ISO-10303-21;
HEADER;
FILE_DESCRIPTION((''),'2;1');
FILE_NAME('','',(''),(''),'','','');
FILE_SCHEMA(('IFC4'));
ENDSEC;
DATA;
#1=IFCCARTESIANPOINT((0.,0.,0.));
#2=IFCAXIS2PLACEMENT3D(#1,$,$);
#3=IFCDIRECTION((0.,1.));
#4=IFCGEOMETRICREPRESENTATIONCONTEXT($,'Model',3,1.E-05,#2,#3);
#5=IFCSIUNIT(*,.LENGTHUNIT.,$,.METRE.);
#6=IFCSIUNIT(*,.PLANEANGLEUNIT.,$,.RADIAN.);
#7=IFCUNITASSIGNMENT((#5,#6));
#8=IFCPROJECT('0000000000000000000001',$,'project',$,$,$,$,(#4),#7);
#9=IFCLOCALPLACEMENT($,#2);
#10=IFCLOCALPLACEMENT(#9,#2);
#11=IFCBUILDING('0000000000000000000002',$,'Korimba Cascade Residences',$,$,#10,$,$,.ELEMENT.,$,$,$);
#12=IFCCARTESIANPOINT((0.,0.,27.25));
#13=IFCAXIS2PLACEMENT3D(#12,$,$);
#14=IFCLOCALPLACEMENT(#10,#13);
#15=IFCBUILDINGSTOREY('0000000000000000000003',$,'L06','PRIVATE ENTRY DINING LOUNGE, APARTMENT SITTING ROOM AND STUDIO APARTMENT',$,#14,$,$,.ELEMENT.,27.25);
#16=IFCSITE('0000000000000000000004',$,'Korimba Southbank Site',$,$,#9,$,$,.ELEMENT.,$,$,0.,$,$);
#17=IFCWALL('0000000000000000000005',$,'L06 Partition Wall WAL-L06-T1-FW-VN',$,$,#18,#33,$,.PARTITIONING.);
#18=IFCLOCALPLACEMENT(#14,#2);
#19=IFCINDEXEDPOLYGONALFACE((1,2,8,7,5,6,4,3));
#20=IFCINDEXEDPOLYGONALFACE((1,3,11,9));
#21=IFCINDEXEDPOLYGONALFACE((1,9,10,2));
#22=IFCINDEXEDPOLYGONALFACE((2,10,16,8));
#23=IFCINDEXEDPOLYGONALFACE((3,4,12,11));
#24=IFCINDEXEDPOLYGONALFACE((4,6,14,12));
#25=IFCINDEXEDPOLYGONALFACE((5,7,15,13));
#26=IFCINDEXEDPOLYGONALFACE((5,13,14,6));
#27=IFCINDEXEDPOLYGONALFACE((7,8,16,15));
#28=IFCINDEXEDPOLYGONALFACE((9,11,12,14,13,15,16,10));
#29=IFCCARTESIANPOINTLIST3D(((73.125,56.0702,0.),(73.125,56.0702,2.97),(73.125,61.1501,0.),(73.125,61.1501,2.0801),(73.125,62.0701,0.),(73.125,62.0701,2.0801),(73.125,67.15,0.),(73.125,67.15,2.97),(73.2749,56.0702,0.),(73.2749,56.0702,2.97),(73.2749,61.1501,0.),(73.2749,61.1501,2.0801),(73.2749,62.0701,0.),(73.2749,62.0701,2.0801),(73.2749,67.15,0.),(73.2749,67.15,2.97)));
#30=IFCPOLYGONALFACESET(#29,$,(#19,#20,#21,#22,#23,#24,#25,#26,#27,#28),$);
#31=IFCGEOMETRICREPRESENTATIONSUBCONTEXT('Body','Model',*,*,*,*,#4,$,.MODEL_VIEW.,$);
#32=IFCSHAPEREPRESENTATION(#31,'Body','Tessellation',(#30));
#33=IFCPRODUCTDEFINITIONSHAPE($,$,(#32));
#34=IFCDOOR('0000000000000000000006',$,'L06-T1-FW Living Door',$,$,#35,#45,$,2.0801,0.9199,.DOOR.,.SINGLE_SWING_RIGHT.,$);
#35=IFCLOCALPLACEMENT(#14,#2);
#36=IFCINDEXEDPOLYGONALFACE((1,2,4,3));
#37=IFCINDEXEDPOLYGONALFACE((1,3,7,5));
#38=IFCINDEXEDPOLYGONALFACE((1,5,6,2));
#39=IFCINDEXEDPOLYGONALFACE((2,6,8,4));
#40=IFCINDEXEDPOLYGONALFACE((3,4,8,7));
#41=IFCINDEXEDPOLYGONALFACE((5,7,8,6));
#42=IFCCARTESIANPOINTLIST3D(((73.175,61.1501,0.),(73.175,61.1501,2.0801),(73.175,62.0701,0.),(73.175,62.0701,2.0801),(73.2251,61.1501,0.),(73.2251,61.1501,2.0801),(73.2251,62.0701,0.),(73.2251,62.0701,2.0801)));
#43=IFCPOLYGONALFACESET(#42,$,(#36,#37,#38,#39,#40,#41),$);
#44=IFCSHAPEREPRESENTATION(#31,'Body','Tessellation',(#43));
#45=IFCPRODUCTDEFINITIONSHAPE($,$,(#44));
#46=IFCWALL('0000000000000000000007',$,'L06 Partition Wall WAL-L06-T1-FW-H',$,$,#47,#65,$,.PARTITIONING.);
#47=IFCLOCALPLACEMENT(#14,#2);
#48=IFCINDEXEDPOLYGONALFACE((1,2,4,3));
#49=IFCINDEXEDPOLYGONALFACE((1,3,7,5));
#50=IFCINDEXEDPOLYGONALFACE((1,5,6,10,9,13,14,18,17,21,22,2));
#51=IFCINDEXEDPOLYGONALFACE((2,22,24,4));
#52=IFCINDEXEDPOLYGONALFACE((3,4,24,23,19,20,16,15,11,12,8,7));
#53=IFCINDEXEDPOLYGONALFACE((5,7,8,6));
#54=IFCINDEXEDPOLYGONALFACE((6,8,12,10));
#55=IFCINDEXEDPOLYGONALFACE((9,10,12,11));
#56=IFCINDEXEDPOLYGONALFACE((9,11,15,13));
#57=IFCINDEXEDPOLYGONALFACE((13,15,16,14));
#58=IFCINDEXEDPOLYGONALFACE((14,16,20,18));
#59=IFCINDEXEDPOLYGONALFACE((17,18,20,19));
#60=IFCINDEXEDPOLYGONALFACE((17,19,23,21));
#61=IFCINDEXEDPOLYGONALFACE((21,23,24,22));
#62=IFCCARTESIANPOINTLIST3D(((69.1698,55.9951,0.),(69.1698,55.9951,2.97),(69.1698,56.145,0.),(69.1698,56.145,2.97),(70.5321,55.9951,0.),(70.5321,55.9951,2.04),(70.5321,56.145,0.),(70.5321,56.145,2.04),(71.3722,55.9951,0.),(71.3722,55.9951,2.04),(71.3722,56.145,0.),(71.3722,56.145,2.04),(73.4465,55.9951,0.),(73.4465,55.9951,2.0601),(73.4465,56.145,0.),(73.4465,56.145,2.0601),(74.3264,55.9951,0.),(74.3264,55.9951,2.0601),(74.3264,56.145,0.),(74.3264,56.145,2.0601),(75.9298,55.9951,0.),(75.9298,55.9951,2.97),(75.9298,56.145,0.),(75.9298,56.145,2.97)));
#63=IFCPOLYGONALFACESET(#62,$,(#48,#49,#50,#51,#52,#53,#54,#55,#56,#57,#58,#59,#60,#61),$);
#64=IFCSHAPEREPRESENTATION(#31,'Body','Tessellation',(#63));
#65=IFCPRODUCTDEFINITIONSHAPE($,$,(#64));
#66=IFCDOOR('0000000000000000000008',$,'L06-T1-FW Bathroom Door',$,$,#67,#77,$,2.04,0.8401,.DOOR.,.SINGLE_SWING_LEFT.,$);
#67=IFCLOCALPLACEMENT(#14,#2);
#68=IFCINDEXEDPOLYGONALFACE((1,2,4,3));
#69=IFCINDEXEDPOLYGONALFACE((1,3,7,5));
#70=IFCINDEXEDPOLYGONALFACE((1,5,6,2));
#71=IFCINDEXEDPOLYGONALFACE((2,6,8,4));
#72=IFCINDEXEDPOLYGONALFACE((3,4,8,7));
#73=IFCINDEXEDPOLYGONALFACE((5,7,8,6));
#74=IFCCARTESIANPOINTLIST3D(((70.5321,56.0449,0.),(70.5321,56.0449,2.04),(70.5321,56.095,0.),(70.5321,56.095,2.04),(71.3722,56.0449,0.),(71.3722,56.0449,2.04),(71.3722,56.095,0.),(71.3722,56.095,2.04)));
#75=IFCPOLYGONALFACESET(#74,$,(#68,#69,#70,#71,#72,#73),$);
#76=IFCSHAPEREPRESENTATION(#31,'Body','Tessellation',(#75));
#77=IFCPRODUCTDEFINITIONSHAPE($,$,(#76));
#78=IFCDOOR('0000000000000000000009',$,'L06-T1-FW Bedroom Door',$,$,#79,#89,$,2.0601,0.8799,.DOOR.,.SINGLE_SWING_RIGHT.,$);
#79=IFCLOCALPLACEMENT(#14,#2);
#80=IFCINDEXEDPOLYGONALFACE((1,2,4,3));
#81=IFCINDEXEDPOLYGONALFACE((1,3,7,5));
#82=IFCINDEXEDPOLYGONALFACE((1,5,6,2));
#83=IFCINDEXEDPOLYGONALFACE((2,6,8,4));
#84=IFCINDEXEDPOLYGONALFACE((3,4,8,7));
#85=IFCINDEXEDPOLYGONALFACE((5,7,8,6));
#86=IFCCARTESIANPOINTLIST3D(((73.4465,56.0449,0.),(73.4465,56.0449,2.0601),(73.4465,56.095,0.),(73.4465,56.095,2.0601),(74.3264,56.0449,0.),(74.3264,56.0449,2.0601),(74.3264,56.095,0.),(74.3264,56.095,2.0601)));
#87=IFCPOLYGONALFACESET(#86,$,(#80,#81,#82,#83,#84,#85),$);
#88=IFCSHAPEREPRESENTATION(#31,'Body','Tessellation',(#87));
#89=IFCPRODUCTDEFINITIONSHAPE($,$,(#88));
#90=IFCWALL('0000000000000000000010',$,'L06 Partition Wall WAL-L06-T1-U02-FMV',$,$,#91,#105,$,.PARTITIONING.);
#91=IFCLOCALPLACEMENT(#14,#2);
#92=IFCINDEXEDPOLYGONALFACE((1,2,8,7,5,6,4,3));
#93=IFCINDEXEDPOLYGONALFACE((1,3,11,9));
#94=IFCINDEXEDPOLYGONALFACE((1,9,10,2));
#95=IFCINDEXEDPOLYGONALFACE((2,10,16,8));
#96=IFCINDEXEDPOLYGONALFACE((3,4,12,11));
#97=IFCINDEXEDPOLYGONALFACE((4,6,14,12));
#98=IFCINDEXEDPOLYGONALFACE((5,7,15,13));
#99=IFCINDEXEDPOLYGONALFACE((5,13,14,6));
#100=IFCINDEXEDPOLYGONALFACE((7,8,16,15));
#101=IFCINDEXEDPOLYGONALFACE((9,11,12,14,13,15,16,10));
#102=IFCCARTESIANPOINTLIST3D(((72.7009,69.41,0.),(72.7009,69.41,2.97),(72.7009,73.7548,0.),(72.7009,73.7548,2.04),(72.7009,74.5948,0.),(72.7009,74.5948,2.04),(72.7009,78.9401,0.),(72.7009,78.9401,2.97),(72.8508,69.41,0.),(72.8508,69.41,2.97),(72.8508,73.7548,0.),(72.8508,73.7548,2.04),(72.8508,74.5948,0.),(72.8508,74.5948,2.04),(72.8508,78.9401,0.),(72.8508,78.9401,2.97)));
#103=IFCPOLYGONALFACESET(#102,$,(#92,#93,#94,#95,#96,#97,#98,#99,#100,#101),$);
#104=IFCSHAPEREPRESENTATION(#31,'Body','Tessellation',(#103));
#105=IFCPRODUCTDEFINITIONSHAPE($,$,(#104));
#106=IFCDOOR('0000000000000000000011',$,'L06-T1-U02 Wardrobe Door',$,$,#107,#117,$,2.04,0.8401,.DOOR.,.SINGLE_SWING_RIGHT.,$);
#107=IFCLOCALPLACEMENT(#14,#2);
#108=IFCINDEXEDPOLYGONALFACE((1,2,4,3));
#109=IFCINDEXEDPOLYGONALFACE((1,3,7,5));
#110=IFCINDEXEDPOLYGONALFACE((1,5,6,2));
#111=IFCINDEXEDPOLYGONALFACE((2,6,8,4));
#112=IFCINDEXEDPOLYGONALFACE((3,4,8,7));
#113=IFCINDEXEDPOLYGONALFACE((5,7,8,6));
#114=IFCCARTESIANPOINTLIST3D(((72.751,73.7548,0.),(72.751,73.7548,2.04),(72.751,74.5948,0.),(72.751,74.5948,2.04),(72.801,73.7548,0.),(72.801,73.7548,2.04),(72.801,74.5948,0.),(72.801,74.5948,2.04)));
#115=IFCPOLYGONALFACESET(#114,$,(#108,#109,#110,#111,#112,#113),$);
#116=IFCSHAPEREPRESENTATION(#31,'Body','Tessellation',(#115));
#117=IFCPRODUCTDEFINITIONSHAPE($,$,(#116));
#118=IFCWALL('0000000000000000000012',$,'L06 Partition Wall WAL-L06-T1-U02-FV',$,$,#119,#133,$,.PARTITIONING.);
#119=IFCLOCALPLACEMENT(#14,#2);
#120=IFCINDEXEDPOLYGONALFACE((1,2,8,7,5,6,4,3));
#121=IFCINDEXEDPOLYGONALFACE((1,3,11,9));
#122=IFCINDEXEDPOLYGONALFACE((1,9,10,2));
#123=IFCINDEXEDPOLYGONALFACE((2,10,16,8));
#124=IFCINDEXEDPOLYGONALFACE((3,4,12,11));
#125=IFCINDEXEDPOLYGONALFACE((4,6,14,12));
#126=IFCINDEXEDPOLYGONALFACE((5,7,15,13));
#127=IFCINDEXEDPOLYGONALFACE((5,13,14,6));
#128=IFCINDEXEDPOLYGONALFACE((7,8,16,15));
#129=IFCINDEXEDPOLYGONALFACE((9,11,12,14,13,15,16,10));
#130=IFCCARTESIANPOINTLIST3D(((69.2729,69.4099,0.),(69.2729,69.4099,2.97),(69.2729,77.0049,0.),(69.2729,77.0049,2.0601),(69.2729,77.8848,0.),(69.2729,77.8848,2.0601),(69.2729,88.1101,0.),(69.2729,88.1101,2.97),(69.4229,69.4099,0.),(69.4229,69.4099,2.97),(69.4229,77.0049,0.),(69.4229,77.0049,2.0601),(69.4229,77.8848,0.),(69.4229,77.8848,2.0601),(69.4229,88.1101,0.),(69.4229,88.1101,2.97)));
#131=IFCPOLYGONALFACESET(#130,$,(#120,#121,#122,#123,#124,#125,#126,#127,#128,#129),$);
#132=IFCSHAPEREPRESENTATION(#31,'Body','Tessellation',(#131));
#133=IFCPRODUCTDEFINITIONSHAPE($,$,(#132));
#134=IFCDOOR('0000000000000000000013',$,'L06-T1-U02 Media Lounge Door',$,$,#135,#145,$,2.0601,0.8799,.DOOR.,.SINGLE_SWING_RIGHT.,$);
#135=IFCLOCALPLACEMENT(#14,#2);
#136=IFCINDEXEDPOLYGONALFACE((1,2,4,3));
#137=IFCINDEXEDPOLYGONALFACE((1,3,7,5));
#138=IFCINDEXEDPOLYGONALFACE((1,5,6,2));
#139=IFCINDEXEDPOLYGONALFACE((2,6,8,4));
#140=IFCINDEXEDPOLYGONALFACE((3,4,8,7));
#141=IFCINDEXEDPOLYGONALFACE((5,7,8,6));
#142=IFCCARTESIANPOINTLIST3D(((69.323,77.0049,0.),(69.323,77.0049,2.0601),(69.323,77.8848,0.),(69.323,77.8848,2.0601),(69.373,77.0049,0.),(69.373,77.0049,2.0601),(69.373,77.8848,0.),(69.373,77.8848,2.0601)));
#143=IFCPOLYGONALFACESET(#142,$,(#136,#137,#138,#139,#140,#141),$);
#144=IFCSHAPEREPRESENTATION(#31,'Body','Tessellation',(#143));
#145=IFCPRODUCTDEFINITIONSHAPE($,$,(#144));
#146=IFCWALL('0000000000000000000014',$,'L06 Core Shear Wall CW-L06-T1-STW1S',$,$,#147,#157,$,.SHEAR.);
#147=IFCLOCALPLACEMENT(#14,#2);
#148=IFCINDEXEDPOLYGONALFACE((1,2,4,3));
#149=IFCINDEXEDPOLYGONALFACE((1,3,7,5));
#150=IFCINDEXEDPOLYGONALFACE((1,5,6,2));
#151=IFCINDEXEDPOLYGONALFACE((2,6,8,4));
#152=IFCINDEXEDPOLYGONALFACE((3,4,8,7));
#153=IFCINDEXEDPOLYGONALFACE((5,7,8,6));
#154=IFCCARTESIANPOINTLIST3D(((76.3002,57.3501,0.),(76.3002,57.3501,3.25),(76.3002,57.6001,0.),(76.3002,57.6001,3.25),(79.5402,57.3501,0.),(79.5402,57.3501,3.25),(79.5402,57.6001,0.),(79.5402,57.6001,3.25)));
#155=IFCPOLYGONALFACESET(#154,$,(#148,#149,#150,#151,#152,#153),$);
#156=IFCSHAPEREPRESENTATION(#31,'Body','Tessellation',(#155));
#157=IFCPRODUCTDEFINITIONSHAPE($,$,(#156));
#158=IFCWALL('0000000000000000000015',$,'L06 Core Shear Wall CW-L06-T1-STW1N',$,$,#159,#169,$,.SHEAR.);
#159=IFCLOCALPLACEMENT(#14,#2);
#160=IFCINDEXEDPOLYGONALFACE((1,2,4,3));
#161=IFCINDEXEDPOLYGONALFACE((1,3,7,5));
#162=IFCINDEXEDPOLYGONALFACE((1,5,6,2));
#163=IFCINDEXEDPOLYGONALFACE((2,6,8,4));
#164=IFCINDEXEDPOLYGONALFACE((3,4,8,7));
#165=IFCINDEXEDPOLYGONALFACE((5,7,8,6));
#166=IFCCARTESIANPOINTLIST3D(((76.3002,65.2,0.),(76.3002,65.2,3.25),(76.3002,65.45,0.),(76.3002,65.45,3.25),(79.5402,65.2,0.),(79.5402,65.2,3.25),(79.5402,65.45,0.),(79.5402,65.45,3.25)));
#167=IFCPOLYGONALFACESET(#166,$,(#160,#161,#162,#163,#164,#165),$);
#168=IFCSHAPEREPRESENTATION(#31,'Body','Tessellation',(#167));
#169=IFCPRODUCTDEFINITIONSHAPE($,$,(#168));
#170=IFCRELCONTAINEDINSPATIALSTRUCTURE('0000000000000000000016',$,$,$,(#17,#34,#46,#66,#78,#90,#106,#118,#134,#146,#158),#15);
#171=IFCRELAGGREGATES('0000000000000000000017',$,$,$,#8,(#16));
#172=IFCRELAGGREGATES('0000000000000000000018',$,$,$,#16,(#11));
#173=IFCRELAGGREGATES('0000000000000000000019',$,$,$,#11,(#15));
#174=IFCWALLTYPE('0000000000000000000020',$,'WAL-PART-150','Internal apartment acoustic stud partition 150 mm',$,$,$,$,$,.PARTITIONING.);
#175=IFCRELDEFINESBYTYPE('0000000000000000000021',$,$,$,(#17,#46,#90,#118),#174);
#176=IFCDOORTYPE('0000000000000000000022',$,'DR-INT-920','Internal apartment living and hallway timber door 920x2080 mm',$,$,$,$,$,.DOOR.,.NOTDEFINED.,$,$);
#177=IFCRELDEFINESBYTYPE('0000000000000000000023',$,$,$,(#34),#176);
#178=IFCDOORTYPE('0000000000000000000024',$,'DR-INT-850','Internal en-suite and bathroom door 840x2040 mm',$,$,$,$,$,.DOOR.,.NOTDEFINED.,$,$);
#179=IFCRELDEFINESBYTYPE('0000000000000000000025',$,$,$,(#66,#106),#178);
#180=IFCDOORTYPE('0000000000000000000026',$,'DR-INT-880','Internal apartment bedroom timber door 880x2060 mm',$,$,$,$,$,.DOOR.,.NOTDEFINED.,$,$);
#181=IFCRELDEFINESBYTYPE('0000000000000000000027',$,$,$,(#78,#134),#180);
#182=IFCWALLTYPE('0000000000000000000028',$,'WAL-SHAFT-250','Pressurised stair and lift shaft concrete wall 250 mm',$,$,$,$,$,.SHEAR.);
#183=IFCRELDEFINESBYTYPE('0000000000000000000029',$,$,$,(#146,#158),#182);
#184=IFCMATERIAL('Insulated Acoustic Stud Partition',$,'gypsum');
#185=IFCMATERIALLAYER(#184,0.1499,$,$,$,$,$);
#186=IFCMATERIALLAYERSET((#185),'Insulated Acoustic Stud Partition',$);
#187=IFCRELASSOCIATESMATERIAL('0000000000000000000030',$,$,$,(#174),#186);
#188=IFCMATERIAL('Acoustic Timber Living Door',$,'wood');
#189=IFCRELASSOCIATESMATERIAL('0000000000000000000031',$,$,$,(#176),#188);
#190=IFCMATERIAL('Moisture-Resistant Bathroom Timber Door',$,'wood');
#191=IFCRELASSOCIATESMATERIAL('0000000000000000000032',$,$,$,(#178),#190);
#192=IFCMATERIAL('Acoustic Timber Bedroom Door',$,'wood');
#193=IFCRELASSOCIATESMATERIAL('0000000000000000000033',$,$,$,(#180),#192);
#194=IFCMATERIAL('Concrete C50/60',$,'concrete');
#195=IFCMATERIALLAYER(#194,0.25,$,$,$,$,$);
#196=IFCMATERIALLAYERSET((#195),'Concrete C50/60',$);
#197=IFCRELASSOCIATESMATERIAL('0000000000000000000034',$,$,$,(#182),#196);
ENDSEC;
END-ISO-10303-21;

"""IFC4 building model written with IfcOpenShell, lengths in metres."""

from ifc_helpers import new_model, si_unit, direction, frame, frame_2d, origin, place, context, subcontext, project, spatial, rectangle, extrude, material, layer, layer_set, type_object, element, fill, save


model = new_model("IFC4")

# Units and contexts
model_context = context("Model", 3, precision=1e-05, world=origin(), true_north=direction((0.0, 1.0)))
body_context = subcontext(model_context, "Body", "Model", "MODEL_VIEW")
ifc_project = project(units=[si_unit("LENGTHUNIT", "METRE"), si_unit("PLANEANGLEUNIT", "RADIAN")], contexts=[model_context])

# Site, building, storey
site_placement = place(None, origin())
site = spatial("IfcSite", under=ifc_project, at=site_placement, Name="Korimba Southbank Site", CompositionType="ELEMENT", RefElevation=0.0)
building_placement = place(site_placement, origin())
building = spatial("IfcBuilding", under=site, at=building_placement, Name="Korimba Cascade Residences", CompositionType="ELEMENT")
storey_placement = place(building_placement, frame((0.0, 0.0, 27.25)))
storey = spatial("IfcBuildingStorey", under=building, at=storey_placement, Name="L06", Description="PRIVATE ENTRY DINING LOUNGE, APARTMENT SITTING ROOM AND STUDIO APARTMENT", CompositionType="ELEMENT", Elevation=27.25)

# Shared definitions
ifc_material_1 = material(Name="Concrete C50/60", Category="concrete")

# Wall, opening, door
ifc_material_2 = material(Name="Insulated Acoustic Stud Partition", Category="gypsum")
ifc_layer_1 = layer(ifc_material_2, 0.1499)
ifc_layer_set_1 = layer_set([ifc_layer_1], Name="Insulated Acoustic Stud Partition")
wall_type_1 = type_object("IfcWallType", Name="WAL-PART-150", Description="Internal apartment acoustic stud partition 150 mm", PredefinedType="PARTITIONING", material=ifc_layer_set_1)
wall_1_placement = place(storey_placement, frame((73.2, 56.0701, 0.0), z_axis=(0.0, 0.0, 1.0), x_axis=(0.0, 1.0, 0.0)))
wall_1 = element("IfcWall", 1, at=wall_1_placement, inside=storey, type_object=wall_type_1, Name="L06 Partition Wall WAL-L06-T1-FW-VN", PredefinedType="PARTITIONING", context=body_context, shape_type="SweptSolid", body=[
    extrude(rectangle(XDim=11.0798, YDim=0.1499, at=frame_2d((5.54, 0.0))), origin(), (0.0, 0.0, 1.0), 2.97),
])
opening_1_placement = place(wall_1_placement, frame((5.0801, 0.0, 0.0)))
opening_1 = element("IfcOpeningElement", 2, at=opening_1_placement, cuts=wall_1, PredefinedType="OPENING", context=body_context, shape_type="SweptSolid", body=[
    extrude(rectangle(XDim=0.9199, YDim=2.0801, at=frame_2d((0.46, 1.04))), frame((0.0, 0.085, 0.0), z_axis=(0.0, -1.0, 0.0), x_axis=(1.0, 0.0, 0.0)), (0.0, 0.0, 1.0), 0.1699),
])
ifc_material_3 = material(Name="Acoustic Timber Living Door", Category="wood")
door_type_1 = type_object("IfcDoorType", Name="DR-INT-920", Description="Internal apartment living and hallway timber door 920x2080 mm", OperationType="NOTDEFINED", PredefinedType="DOOR", material=ifc_material_3)
door_1_placement = place(opening_1_placement, origin())
door_1 = element("IfcDoor", 3, at=door_1_placement, inside=storey, type_object=door_type_1, Name="L06-T1-FW Living Door", OperationType="SINGLE_SWING_RIGHT", OverallHeight=2.0801, OverallWidth=0.9199, PredefinedType="DOOR", context=body_context, shape_type="SweptSolid", body=[
    extrude(rectangle(XDim=0.9199, YDim=2.0801, at=frame_2d((0.46, 1.04))), frame((0.0, 0.0249, 0.0), z_axis=(0.0, -1.0, 0.0), x_axis=(1.0, 0.0, 0.0)), (0.0, 0.0, 1.0), 0.05),
])
fill(opening_1, door_1)

# Wall, openings, doors
wall_2_placement = place(storey_placement, frame((69.1699, 56.0701, 0.0), z_axis=(0.0, 0.0, 1.0), x_axis=(1.0, 0.0, 0.0)))
wall_2 = element("IfcWall", 4, at=wall_2_placement, inside=storey, type_object=wall_type_1, Name="L06 Partition Wall WAL-L06-T1-FW-H", PredefinedType="PARTITIONING", context=body_context, shape_type="SweptSolid", body=[
    extrude(rectangle(XDim=6.76, YDim=0.1499, at=frame_2d((3.3799, 0.0))), origin(), (0.0, 0.0, 1.0), 2.97),
])
opening_2_placement = place(wall_2_placement, frame((1.3623, 0.0, 0.0)))
opening_2 = element("IfcOpeningElement", 5, at=opening_2_placement, cuts=wall_2, PredefinedType="OPENING", context=body_context, shape_type="SweptSolid", body=[
    extrude(rectangle(XDim=0.8401, YDim=2.04, at=frame_2d((0.4199, 1.02))), frame((0.0, 0.085, 0.0), z_axis=(0.0, -1.0, 0.0), x_axis=(1.0, 0.0, 0.0)), (0.0, 0.0, 1.0), 0.1699),
])
opening_3_placement = place(wall_2_placement, frame((4.2766, 0.0, 0.0)))
opening_3 = element("IfcOpeningElement", 6, at=opening_3_placement, cuts=wall_2, PredefinedType="OPENING", context=body_context, shape_type="SweptSolid", body=[
    extrude(rectangle(XDim=0.8799, YDim=2.0601, at=frame_2d((0.4399, 1.03))), frame((0.0, 0.085, 0.0), z_axis=(0.0, -1.0, 0.0), x_axis=(1.0, 0.0, 0.0)), (0.0, 0.0, 1.0), 0.1699),
])
ifc_material_4 = material(Name="Moisture-Resistant Bathroom Timber Door", Category="wood")
door_type_2 = type_object("IfcDoorType", Name="DR-INT-850", Description="Internal en-suite and bathroom door 840x2040 mm", OperationType="NOTDEFINED", PredefinedType="DOOR", material=ifc_material_4)
door_2_placement = place(opening_2_placement, origin())
door_2 = element("IfcDoor", 7, at=door_2_placement, inside=storey, type_object=door_type_2, Name="L06-T1-FW Bathroom Door", OperationType="SINGLE_SWING_LEFT", OverallHeight=2.04, OverallWidth=0.8401, PredefinedType="DOOR", context=body_context, shape_type="SweptSolid", body=[
    extrude(rectangle(XDim=0.8401, YDim=2.04, at=frame_2d((0.4199, 1.02))), frame((0.0, 0.0249, 0.0), z_axis=(0.0, -1.0, 0.0), x_axis=(1.0, 0.0, 0.0)), (0.0, 0.0, 1.0), 0.05),
])
fill(opening_2, door_2)
ifc_material_5 = material(Name="Acoustic Timber Bedroom Door", Category="wood")
door_type_3 = type_object("IfcDoorType", Name="DR-INT-880", Description="Internal apartment bedroom timber door 880x2060 mm", OperationType="NOTDEFINED", PredefinedType="DOOR", material=ifc_material_5)
door_3_placement = place(opening_3_placement, origin())
door_3 = element("IfcDoor", 8, at=door_3_placement, inside=storey, type_object=door_type_3, Name="L06-T1-FW Bedroom Door", OperationType="SINGLE_SWING_RIGHT", OverallHeight=2.0601, OverallWidth=0.8799, PredefinedType="DOOR", context=body_context, shape_type="SweptSolid", body=[
    extrude(rectangle(XDim=0.8799, YDim=2.0601, at=frame_2d((0.4399, 1.03))), frame((0.0, 0.0249, 0.0), z_axis=(0.0, -1.0, 0.0), x_axis=(1.0, 0.0, 0.0)), (0.0, 0.0, 1.0), 0.05),
])
fill(opening_3, door_3)

# Walls, openings, doors
wall_3_placement = place(storey_placement, frame((72.7759, 69.4099, 0.0), z_axis=(0.0, 0.0, 1.0), x_axis=(0.0, 1.0, 0.0)))
wall_3 = element("IfcWall", 9, at=wall_3_placement, inside=storey, type_object=wall_type_1, Name="L06 Partition Wall WAL-L06-T1-U02-FMV", PredefinedType="PARTITIONING", context=body_context, shape_type="SweptSolid", body=[
    extrude(rectangle(XDim=9.53, YDim=0.1499, at=frame_2d((4.7651, 0.0))), origin(), (0.0, 0.0, 1.0), 2.97),
])
opening_4_placement = place(wall_3_placement, frame((4.345, 0.0, 0.0)))
opening_4 = element("IfcOpeningElement", 10, at=opening_4_placement, cuts=wall_3, PredefinedType="OPENING", context=body_context, shape_type="SweptSolid", body=[
    extrude(rectangle(XDim=0.8401, YDim=2.04, at=frame_2d((0.4199, 1.02))), frame((0.0, 0.085, 0.0), z_axis=(0.0, -1.0, 0.0), x_axis=(1.0, 0.0, 0.0)), (0.0, 0.0, 1.0), 0.1699),
])
door_4_placement = place(opening_4_placement, origin())
door_4 = element("IfcDoor", 11, at=door_4_placement, inside=storey, type_object=door_type_2, Name="L06-T1-U02 Wardrobe Door", OperationType="SINGLE_SWING_RIGHT", OverallHeight=2.04, OverallWidth=0.8401, PredefinedType="DOOR", context=body_context, shape_type="SweptSolid", body=[
    extrude(rectangle(XDim=0.8401, YDim=2.04, at=frame_2d((0.4199, 1.02))), frame((0.0, 0.0249, 0.0), z_axis=(0.0, -1.0, 0.0), x_axis=(1.0, 0.0, 0.0)), (0.0, 0.0, 1.0), 0.05),
])
fill(opening_4, door_4)
wall_4_placement = place(storey_placement, frame((69.3479, 69.4099, 0.0), z_axis=(0.0, 0.0, 1.0), x_axis=(0.0, 1.0, 0.0)))
wall_4 = element("IfcWall", 12, at=wall_4_placement, inside=storey, type_object=wall_type_1, Name="L06 Partition Wall WAL-L06-T1-U02-FV", PredefinedType="PARTITIONING", context=body_context, shape_type="SweptSolid", body=[
    extrude(rectangle(XDim=18.7002, YDim=0.1499, at=frame_2d((9.3501, 0.0))), origin(), (0.0, 0.0, 1.0), 2.97),
])
opening_5_placement = place(wall_4_placement, frame((7.595, 0.0, 0.0)))
opening_5 = element("IfcOpeningElement", 13, at=opening_5_placement, cuts=wall_4, PredefinedType="OPENING", context=body_context, shape_type="SweptSolid", body=[
    extrude(rectangle(XDim=0.8799, YDim=2.0601, at=frame_2d((0.4399, 1.03))), frame((0.0, 0.085, 0.0), z_axis=(0.0, -1.0, 0.0), x_axis=(1.0, 0.0, 0.0)), (0.0, 0.0, 1.0), 0.1699),
])
door_5_placement = place(opening_5_placement, origin())
door_5 = element("IfcDoor", 14, at=door_5_placement, inside=storey, type_object=door_type_3, Name="L06-T1-U02 Media Lounge Door", OperationType="SINGLE_SWING_RIGHT", OverallHeight=2.0601, OverallWidth=0.8799, PredefinedType="DOOR", context=body_context, shape_type="SweptSolid", body=[
    extrude(rectangle(XDim=0.8799, YDim=2.0601, at=frame_2d((0.4399, 1.03))), frame((0.0, 0.0249, 0.0), z_axis=(0.0, -1.0, 0.0), x_axis=(1.0, 0.0, 0.0)), (0.0, 0.0, 1.0), 0.05),
])
fill(opening_5, door_5)

# Walls
ifc_layer_2 = layer(ifc_material_1, 0.25)
ifc_layer_set_2 = layer_set([ifc_layer_2], Name="Concrete C50/60")
wall_type_2 = type_object("IfcWallType", Name="WAL-SHAFT-250", Description="Pressurised stair and lift shaft concrete wall 250 mm", PredefinedType="SHEAR", material=ifc_layer_set_2)
for number, where, z_axis, x_axis, name in (
    (15, (76.3, 57.4751, 0.0), (0.0, 0.0, 1.0), (1.0, 0.0, 0.0), "L06 Core Shear Wall CW-L06-T1-STW1S"),
    (16, (76.3, 65.325, 0.0), (0.0, 0.0, 1.0), (1.0, 0.0, 0.0), "L06 Core Shear Wall CW-L06-T1-STW1N"),
):
    element("IfcWall", number, at=place(storey_placement, frame(where, z_axis=z_axis, x_axis=x_axis)), inside=storey, type_object=wall_type_2, Name=name, PredefinedType="SHEAR", context=body_context, shape_type="SweptSolid", body=[
        extrude(rectangle(XDim=3.24, YDim=0.25, at=frame_2d((1.6201, 0.0))), origin(), (0.0, 0.0, 1.0), 3.25),
    ])

save(model, "model.ifc")
